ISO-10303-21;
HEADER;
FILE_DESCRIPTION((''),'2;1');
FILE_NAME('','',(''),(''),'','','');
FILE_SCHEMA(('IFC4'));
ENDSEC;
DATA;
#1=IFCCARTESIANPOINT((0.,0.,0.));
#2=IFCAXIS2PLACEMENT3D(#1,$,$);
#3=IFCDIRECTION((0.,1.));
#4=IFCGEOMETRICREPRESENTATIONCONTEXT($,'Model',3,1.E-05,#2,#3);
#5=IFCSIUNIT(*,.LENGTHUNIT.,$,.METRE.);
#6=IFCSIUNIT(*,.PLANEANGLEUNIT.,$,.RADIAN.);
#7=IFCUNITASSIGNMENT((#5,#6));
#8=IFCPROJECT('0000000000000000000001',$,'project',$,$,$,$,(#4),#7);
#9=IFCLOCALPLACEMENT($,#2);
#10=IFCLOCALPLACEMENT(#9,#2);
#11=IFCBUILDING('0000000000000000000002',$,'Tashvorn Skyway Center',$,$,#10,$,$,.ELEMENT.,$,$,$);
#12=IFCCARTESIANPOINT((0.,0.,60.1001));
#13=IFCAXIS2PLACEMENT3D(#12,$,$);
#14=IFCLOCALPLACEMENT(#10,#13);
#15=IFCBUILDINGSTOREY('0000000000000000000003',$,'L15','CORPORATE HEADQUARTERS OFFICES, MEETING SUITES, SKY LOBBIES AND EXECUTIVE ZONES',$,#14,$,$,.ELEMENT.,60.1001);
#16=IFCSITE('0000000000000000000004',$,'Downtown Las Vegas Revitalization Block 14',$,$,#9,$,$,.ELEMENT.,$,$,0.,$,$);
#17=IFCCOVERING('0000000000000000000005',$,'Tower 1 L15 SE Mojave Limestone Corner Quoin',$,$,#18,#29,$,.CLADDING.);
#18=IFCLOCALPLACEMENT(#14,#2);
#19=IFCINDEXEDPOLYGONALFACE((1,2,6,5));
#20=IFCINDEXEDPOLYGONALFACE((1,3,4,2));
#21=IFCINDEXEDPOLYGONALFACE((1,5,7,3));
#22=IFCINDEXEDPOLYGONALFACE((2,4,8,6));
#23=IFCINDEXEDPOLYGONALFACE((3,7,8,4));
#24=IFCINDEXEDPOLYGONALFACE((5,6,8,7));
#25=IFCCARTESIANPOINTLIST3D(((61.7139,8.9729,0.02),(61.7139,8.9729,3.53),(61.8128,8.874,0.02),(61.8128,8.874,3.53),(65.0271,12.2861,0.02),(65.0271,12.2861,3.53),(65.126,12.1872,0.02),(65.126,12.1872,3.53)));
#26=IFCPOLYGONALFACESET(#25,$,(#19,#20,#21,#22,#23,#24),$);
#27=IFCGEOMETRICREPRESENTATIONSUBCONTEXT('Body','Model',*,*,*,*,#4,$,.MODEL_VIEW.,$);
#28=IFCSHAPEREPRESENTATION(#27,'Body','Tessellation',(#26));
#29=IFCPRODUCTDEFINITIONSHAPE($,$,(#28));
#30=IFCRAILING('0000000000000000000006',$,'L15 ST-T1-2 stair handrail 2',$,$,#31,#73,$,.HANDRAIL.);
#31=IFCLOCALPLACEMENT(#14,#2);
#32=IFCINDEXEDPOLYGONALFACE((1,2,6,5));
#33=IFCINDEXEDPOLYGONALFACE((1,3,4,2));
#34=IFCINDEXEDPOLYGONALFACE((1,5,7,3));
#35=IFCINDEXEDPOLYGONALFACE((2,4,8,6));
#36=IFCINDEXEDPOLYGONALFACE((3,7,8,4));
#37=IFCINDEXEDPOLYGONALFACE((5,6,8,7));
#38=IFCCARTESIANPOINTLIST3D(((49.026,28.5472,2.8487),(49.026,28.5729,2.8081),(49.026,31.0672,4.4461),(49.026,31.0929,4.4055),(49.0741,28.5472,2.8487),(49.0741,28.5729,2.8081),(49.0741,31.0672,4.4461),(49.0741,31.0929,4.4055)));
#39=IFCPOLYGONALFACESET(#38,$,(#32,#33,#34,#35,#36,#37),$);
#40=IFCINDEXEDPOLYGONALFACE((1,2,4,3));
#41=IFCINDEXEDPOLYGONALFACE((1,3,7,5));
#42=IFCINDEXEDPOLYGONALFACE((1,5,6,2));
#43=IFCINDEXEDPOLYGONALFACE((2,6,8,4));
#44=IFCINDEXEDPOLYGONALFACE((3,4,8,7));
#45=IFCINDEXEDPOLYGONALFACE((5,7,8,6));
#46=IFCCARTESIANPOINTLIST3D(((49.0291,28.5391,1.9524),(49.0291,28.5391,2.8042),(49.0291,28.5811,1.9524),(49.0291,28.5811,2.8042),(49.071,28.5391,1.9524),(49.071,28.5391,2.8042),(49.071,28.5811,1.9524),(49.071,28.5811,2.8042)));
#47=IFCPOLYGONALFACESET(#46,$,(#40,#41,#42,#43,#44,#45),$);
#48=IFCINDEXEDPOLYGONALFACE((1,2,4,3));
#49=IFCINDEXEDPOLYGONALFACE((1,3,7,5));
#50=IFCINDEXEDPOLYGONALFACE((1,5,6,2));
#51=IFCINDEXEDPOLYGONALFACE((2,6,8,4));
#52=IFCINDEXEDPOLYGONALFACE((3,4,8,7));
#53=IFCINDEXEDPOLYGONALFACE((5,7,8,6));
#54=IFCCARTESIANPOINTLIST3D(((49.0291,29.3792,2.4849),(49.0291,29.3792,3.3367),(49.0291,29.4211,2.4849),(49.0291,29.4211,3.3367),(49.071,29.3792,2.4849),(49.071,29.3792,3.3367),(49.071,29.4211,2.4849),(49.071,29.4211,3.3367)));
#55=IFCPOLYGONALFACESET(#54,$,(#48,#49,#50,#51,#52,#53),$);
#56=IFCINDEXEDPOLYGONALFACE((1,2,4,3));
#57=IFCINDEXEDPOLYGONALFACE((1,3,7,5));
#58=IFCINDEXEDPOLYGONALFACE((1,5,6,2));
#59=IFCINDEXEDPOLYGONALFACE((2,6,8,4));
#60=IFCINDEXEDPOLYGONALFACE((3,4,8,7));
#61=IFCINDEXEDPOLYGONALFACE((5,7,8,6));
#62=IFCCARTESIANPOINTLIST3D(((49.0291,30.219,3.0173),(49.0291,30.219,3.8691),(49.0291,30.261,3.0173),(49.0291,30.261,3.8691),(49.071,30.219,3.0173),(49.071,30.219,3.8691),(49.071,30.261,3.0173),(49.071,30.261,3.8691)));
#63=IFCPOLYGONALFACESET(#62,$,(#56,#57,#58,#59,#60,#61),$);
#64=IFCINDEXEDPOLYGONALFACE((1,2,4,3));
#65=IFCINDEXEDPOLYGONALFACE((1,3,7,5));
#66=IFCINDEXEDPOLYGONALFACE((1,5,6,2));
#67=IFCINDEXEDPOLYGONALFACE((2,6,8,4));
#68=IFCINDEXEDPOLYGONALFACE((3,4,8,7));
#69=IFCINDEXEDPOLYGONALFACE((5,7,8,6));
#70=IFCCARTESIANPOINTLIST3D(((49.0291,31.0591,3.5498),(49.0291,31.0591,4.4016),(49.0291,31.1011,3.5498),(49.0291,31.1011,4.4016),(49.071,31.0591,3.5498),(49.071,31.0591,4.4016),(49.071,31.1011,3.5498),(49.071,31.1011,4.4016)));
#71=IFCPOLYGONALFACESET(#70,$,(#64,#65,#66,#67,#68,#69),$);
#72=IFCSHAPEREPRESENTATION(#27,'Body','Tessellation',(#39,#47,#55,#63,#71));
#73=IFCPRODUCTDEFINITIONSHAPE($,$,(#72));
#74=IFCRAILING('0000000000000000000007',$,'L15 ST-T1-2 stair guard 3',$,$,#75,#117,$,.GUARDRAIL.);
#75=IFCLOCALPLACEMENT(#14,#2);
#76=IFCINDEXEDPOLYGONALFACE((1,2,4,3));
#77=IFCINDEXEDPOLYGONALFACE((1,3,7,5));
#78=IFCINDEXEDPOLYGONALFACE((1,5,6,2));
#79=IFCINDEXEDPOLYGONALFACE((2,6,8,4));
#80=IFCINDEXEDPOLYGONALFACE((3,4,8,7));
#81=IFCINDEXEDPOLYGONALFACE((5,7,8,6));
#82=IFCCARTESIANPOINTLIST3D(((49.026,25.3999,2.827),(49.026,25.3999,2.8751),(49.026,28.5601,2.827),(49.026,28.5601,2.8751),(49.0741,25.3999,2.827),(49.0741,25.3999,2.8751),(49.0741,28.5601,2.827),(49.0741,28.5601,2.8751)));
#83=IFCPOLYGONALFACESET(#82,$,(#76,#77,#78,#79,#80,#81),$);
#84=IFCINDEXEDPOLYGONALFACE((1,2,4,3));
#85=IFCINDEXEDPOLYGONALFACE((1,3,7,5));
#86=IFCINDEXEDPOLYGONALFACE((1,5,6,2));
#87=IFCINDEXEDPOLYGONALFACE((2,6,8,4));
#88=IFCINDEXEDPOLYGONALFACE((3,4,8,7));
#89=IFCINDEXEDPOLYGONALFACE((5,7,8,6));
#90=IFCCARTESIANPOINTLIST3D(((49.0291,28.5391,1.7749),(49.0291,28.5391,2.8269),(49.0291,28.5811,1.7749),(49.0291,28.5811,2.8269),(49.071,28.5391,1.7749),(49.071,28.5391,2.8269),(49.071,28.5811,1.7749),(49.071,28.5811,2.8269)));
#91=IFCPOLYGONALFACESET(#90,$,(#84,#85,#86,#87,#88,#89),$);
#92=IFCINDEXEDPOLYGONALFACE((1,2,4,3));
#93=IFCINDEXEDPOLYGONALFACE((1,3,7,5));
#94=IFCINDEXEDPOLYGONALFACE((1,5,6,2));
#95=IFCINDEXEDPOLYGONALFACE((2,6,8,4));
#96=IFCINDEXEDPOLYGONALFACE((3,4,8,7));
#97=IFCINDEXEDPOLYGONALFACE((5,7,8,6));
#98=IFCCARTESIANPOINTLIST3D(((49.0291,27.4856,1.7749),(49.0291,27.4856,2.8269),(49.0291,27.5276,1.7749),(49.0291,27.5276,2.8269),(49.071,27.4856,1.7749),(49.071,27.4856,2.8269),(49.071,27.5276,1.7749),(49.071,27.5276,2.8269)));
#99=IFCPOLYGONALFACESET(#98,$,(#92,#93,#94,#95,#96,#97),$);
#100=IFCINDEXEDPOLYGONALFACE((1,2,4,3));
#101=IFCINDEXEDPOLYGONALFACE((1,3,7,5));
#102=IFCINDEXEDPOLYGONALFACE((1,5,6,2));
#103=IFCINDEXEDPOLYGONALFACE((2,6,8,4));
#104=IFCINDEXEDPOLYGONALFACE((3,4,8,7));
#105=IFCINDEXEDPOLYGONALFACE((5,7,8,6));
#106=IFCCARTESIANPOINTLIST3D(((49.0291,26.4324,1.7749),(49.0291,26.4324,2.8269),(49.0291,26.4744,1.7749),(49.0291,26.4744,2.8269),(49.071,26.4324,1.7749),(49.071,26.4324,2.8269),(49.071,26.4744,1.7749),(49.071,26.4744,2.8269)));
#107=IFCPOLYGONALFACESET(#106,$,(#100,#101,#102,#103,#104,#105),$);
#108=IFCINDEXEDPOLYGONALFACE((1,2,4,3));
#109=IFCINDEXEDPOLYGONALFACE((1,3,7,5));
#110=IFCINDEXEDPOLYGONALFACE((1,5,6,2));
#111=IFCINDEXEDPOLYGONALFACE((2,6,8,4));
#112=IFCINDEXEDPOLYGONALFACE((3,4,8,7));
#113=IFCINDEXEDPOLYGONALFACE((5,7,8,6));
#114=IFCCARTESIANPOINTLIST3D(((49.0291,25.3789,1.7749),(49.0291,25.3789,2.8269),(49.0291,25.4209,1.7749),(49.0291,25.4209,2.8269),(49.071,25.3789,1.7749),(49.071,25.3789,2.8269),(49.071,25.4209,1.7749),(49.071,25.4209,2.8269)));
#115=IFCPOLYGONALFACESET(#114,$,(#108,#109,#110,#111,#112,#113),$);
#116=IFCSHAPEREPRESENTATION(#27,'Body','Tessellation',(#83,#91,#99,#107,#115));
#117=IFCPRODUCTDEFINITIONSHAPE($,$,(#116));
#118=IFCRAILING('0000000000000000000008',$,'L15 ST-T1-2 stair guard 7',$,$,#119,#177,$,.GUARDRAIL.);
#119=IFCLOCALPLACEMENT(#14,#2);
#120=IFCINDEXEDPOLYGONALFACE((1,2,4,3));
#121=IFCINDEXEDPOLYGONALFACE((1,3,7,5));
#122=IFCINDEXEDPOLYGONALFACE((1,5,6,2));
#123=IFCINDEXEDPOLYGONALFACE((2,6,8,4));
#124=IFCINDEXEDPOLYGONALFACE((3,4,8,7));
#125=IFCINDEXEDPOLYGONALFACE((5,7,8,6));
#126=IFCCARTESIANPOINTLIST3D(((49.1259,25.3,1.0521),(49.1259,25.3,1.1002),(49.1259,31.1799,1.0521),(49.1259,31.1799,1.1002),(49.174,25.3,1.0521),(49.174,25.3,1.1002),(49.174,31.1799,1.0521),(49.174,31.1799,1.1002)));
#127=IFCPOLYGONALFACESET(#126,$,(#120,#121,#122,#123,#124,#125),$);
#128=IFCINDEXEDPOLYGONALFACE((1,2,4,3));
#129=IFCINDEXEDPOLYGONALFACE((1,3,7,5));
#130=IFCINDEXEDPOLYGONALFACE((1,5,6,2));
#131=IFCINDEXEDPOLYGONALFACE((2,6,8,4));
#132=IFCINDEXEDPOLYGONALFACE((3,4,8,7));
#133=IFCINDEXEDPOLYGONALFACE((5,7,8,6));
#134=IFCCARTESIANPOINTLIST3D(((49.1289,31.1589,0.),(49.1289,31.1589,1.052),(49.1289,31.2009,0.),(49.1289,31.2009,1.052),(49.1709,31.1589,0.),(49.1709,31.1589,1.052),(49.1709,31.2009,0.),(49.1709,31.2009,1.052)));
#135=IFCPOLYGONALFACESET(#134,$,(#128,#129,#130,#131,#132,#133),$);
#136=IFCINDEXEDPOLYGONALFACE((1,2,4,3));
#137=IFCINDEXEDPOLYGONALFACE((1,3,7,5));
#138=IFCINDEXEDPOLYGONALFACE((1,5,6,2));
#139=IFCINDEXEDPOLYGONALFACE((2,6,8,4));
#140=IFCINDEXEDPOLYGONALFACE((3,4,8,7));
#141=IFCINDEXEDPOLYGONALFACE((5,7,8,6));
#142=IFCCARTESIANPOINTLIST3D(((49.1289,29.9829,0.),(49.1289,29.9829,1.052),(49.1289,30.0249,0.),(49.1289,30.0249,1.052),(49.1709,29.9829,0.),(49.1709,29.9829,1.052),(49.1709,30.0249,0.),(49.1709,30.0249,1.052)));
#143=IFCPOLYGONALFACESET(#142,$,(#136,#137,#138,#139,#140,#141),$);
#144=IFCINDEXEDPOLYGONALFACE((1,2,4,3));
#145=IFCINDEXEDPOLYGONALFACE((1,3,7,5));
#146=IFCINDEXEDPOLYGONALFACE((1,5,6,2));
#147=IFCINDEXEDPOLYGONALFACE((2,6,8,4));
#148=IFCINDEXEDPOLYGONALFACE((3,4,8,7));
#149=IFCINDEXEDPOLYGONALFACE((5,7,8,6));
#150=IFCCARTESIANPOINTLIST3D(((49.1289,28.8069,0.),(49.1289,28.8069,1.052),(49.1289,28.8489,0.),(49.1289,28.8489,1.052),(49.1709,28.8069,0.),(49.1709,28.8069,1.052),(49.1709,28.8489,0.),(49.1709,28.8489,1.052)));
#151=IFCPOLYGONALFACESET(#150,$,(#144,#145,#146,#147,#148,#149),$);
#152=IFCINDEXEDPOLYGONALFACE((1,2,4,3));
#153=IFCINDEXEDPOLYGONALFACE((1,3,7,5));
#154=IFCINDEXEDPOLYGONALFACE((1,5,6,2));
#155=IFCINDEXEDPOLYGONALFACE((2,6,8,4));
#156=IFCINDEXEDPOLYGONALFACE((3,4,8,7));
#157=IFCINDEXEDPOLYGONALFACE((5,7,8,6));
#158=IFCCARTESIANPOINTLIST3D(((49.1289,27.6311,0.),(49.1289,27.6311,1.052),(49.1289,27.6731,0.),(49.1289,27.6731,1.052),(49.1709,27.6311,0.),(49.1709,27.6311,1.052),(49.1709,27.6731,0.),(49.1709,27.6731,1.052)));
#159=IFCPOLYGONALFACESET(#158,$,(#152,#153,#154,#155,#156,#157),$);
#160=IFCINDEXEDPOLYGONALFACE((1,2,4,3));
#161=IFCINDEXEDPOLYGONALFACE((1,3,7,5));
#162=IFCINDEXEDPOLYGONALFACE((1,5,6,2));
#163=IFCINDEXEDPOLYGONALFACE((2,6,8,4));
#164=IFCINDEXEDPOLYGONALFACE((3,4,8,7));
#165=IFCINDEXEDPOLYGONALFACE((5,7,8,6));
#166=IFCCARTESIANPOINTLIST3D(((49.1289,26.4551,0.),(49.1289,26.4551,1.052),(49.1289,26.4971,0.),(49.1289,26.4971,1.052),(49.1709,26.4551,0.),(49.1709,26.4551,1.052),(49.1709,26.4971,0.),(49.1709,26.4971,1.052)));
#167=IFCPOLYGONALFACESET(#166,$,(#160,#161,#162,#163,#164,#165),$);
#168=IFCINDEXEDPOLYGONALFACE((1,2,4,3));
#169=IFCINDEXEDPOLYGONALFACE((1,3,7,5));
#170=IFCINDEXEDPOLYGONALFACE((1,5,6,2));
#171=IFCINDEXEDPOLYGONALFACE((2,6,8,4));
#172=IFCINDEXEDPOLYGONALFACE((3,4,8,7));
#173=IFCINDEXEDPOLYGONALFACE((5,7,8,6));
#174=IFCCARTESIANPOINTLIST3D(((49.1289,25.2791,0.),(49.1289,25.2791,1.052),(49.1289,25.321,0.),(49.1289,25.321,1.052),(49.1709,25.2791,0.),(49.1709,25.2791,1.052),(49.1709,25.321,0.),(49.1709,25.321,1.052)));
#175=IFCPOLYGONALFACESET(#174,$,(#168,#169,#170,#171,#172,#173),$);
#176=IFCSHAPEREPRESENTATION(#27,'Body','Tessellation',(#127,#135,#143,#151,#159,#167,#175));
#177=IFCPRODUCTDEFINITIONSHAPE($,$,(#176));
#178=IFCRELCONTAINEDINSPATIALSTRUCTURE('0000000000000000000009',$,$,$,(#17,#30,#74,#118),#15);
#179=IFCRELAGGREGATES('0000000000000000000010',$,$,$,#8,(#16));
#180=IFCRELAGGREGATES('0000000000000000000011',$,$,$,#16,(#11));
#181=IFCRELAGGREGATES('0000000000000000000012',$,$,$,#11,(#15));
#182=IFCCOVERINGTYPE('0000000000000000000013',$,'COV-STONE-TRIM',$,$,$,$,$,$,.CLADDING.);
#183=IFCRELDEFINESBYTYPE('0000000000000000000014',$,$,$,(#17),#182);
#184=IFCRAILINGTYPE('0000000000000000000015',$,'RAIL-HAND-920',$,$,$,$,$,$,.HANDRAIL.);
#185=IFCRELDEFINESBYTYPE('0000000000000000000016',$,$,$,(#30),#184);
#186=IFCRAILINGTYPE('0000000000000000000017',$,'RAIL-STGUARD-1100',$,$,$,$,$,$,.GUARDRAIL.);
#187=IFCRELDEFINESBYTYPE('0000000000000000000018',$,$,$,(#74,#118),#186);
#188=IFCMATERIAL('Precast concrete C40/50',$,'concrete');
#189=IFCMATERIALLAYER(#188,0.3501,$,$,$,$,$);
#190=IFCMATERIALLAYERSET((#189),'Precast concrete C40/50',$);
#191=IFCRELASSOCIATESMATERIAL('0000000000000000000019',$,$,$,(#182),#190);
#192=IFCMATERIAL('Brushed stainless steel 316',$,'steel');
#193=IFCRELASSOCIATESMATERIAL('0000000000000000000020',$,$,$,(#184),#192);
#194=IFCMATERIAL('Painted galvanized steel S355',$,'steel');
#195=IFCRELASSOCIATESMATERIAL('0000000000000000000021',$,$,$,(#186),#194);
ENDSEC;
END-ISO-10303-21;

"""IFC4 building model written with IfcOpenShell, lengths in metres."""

from ifc_helpers import new_model, si_unit, direction, frame, origin, origin_2d, place, context, subcontext, project, spatial, rectangle, extrude, material, layer, layer_set, type_object, element, save


model = new_model("IFC4")

# Units and contexts
model_context = context("Model", 3, precision=1e-05, world=origin(), true_north=direction((0.0, 1.0)))
body_context = subcontext(model_context, "Body", "Model", "MODEL_VIEW")
ifc_project = project(units=[si_unit("LENGTHUNIT", "METRE"), si_unit("PLANEANGLEUNIT", "RADIAN")], contexts=[model_context])

# Site, building, storey
site_placement = place(None, origin())
site = spatial("IfcSite", under=ifc_project, at=site_placement, Name="Downtown Las Vegas Revitalization Block 14", CompositionType="ELEMENT", RefElevation=0.0)
building_placement = place(site_placement, origin())
building = spatial("IfcBuilding", under=site, at=building_placement, Name="Tashvorn Skyway Center", CompositionType="ELEMENT")
storey_placement = place(building_placement, frame((0.0, 0.0, 60.1001)))
storey = spatial("IfcBuildingStorey", under=building, at=storey_placement, Name="L15", Description="CORPORATE HEADQUARTERS OFFICES, MEETING SUITES, SKY LOBBIES AND EXECUTIVE ZONES", CompositionType="ELEMENT", Elevation=60.1001)

# Covering
ifc_material_1 = material(Name="Precast concrete C40/50", Category="concrete")
ifc_layer_1 = layer(ifc_material_1, 0.3501)
ifc_layer_set_1 = layer_set([ifc_layer_1], Name="Precast concrete C40/50")
covering_type_1 = type_object("IfcCoveringType", Name="COV-STONE-TRIM", PredefinedType="CLADDING", material=ifc_layer_set_1)
covering_1_placement = place(storey_placement, frame((63.4199, 10.5801, 0.02), z_axis=(0.0, 0.0, 1.0), x_axis=(0.707107, 0.707107, 0.0)))
element("IfcCovering", 1, at=covering_1_placement, inside=storey, type_object=covering_type_1, Name="Tower 1 L15 SE Mojave Limestone Corner Quoin", PredefinedType="CLADDING", context=body_context, shape_type="SweptSolid", body=[
    extrude(rectangle(XDim=4.6855, YDim=0.1399, at=origin_2d()), origin(), (0.0, 0.0, 1.0), 3.51),
])

# Railings
ifc_material_2 = material(Name="Brushed stainless steel 316", Category="steel")
railing_type_1 = type_object("IfcRailingType", Name="RAIL-HAND-920", PredefinedType="HANDRAIL", material=ifc_material_2)
railing_1_placement = place(storey_placement, frame((49.05, 28.5601, 1.9524)))
element("IfcRailing", 2, at=railing_1_placement, inside=storey, type_object=railing_type_1, Name="L15 ST-T1-2 stair handrail 2", PredefinedType="HANDRAIL", context=body_context, shape_type="SweptSolid", body=[
    extrude(rectangle(XDim=0.0481, YDim=0.0481, at=origin_2d()), frame((0.0, 0.0, 0.876), z_axis=(0.0, 0.844607, 0.535387), x_axis=(-1.0, 0.0, 0.0)), (0.0, 0.0, 1.0), 2.9836),
    extrude(rectangle(XDim=0.042, YDim=0.042, at=origin_2d()), origin(), (0.0, 0.0, 1.0), 0.8518),
    extrude(rectangle(XDim=0.042, YDim=0.042, at=origin_2d()), frame((0.0, 0.8401, 0.5325)), (0.0, 0.0, 1.0), 0.8518),
    extrude(rectangle(XDim=0.042, YDim=0.042, at=origin_2d()), frame((0.0, 1.6799, 1.0649)), (0.0, 0.0, 1.0), 0.8518),
    extrude(rectangle(XDim=0.042, YDim=0.042, at=origin_2d()), frame((0.0, 2.52, 1.5974)), (0.0, 0.0, 1.0), 0.8518),
])
ifc_material_3 = material(Name="Painted galvanized steel S355", Category="steel")
railing_type_2 = type_object("IfcRailingType", Name="RAIL-STGUARD-1100", PredefinedType="GUARDRAIL", material=ifc_material_3)
railing_2_placement = place(storey_placement, frame((49.05, 28.5601, 1.7749)))
element("IfcRailing", 3, at=railing_2_placement, inside=storey, type_object=railing_type_2, Name="L15 ST-T1-2 stair guard 3", PredefinedType="GUARDRAIL", context=body_context, shape_type="SweptSolid", body=[
    extrude(rectangle(XDim=0.0481, YDim=0.0481, at=origin_2d()), frame((0.0, 0.0, 1.0762), z_axis=(0.0, -1.0, 0.0), x_axis=(1.0, 0.0, 0.0)), (0.0, 0.0, 1.0), 3.1602),
    extrude(rectangle(XDim=0.042, YDim=0.042, at=origin_2d()), origin(), (0.0, 0.0, 1.0), 1.052),
    extrude(rectangle(XDim=0.042, YDim=0.042, at=origin_2d()), frame((0.0, -1.0535, 0.0)), (0.0, 0.0, 1.0), 1.052),
    extrude(rectangle(XDim=0.042, YDim=0.042, at=origin_2d()), frame((0.0, -2.1067, 0.0)), (0.0, 0.0, 1.0), 1.052),
    extrude(rectangle(XDim=0.042, YDim=0.042, at=origin_2d()), frame((0.0, -3.1602, 0.0)), (0.0, 0.0, 1.0), 1.052),
])
railing_3_placement = place(storey_placement, frame((49.1499, 31.1799, 0.0)))
element("IfcRailing", 4, at=railing_3_placement, inside=storey, type_object=railing_type_2, Name="L15 ST-T1-2 stair guard 7", PredefinedType="GUARDRAIL", context=body_context, shape_type="SweptSolid", body=[
    extrude(rectangle(XDim=0.0481, YDim=0.0481, at=origin_2d()), frame((0.0, 0.0, 1.0762), z_axis=(0.0, -1.0, 0.0), x_axis=(1.0, 0.0, 0.0)), (0.0, 0.0, 1.0), 5.8799),
    extrude(rectangle(XDim=0.042, YDim=0.042, at=origin_2d()), origin(), (0.0, 0.0, 1.0), 1.052),
    extrude(rectangle(XDim=0.042, YDim=0.042, at=origin_2d()), frame((0.0, -1.176, 0.0)), (0.0, 0.0, 1.0), 1.052),
    extrude(rectangle(XDim=0.042, YDim=0.042, at=origin_2d()), frame((0.0, -2.3521, 0.0)), (0.0, 0.0, 1.0), 1.052),
    extrude(rectangle(XDim=0.042, YDim=0.042, at=origin_2d()), frame((0.0, -3.5278, 0.0)), (0.0, 0.0, 1.0), 1.052),
    extrude(rectangle(XDim=0.042, YDim=0.042, at=origin_2d()), frame((0.0, -4.7039, 0.0)), (0.0, 0.0, 1.0), 1.052),
    extrude(rectangle(XDim=0.042, YDim=0.042, at=origin_2d()), frame((0.0, -5.8799, 0.0)), (0.0, 0.0, 1.0), 1.052),
])

save(model, "model.ifc")
